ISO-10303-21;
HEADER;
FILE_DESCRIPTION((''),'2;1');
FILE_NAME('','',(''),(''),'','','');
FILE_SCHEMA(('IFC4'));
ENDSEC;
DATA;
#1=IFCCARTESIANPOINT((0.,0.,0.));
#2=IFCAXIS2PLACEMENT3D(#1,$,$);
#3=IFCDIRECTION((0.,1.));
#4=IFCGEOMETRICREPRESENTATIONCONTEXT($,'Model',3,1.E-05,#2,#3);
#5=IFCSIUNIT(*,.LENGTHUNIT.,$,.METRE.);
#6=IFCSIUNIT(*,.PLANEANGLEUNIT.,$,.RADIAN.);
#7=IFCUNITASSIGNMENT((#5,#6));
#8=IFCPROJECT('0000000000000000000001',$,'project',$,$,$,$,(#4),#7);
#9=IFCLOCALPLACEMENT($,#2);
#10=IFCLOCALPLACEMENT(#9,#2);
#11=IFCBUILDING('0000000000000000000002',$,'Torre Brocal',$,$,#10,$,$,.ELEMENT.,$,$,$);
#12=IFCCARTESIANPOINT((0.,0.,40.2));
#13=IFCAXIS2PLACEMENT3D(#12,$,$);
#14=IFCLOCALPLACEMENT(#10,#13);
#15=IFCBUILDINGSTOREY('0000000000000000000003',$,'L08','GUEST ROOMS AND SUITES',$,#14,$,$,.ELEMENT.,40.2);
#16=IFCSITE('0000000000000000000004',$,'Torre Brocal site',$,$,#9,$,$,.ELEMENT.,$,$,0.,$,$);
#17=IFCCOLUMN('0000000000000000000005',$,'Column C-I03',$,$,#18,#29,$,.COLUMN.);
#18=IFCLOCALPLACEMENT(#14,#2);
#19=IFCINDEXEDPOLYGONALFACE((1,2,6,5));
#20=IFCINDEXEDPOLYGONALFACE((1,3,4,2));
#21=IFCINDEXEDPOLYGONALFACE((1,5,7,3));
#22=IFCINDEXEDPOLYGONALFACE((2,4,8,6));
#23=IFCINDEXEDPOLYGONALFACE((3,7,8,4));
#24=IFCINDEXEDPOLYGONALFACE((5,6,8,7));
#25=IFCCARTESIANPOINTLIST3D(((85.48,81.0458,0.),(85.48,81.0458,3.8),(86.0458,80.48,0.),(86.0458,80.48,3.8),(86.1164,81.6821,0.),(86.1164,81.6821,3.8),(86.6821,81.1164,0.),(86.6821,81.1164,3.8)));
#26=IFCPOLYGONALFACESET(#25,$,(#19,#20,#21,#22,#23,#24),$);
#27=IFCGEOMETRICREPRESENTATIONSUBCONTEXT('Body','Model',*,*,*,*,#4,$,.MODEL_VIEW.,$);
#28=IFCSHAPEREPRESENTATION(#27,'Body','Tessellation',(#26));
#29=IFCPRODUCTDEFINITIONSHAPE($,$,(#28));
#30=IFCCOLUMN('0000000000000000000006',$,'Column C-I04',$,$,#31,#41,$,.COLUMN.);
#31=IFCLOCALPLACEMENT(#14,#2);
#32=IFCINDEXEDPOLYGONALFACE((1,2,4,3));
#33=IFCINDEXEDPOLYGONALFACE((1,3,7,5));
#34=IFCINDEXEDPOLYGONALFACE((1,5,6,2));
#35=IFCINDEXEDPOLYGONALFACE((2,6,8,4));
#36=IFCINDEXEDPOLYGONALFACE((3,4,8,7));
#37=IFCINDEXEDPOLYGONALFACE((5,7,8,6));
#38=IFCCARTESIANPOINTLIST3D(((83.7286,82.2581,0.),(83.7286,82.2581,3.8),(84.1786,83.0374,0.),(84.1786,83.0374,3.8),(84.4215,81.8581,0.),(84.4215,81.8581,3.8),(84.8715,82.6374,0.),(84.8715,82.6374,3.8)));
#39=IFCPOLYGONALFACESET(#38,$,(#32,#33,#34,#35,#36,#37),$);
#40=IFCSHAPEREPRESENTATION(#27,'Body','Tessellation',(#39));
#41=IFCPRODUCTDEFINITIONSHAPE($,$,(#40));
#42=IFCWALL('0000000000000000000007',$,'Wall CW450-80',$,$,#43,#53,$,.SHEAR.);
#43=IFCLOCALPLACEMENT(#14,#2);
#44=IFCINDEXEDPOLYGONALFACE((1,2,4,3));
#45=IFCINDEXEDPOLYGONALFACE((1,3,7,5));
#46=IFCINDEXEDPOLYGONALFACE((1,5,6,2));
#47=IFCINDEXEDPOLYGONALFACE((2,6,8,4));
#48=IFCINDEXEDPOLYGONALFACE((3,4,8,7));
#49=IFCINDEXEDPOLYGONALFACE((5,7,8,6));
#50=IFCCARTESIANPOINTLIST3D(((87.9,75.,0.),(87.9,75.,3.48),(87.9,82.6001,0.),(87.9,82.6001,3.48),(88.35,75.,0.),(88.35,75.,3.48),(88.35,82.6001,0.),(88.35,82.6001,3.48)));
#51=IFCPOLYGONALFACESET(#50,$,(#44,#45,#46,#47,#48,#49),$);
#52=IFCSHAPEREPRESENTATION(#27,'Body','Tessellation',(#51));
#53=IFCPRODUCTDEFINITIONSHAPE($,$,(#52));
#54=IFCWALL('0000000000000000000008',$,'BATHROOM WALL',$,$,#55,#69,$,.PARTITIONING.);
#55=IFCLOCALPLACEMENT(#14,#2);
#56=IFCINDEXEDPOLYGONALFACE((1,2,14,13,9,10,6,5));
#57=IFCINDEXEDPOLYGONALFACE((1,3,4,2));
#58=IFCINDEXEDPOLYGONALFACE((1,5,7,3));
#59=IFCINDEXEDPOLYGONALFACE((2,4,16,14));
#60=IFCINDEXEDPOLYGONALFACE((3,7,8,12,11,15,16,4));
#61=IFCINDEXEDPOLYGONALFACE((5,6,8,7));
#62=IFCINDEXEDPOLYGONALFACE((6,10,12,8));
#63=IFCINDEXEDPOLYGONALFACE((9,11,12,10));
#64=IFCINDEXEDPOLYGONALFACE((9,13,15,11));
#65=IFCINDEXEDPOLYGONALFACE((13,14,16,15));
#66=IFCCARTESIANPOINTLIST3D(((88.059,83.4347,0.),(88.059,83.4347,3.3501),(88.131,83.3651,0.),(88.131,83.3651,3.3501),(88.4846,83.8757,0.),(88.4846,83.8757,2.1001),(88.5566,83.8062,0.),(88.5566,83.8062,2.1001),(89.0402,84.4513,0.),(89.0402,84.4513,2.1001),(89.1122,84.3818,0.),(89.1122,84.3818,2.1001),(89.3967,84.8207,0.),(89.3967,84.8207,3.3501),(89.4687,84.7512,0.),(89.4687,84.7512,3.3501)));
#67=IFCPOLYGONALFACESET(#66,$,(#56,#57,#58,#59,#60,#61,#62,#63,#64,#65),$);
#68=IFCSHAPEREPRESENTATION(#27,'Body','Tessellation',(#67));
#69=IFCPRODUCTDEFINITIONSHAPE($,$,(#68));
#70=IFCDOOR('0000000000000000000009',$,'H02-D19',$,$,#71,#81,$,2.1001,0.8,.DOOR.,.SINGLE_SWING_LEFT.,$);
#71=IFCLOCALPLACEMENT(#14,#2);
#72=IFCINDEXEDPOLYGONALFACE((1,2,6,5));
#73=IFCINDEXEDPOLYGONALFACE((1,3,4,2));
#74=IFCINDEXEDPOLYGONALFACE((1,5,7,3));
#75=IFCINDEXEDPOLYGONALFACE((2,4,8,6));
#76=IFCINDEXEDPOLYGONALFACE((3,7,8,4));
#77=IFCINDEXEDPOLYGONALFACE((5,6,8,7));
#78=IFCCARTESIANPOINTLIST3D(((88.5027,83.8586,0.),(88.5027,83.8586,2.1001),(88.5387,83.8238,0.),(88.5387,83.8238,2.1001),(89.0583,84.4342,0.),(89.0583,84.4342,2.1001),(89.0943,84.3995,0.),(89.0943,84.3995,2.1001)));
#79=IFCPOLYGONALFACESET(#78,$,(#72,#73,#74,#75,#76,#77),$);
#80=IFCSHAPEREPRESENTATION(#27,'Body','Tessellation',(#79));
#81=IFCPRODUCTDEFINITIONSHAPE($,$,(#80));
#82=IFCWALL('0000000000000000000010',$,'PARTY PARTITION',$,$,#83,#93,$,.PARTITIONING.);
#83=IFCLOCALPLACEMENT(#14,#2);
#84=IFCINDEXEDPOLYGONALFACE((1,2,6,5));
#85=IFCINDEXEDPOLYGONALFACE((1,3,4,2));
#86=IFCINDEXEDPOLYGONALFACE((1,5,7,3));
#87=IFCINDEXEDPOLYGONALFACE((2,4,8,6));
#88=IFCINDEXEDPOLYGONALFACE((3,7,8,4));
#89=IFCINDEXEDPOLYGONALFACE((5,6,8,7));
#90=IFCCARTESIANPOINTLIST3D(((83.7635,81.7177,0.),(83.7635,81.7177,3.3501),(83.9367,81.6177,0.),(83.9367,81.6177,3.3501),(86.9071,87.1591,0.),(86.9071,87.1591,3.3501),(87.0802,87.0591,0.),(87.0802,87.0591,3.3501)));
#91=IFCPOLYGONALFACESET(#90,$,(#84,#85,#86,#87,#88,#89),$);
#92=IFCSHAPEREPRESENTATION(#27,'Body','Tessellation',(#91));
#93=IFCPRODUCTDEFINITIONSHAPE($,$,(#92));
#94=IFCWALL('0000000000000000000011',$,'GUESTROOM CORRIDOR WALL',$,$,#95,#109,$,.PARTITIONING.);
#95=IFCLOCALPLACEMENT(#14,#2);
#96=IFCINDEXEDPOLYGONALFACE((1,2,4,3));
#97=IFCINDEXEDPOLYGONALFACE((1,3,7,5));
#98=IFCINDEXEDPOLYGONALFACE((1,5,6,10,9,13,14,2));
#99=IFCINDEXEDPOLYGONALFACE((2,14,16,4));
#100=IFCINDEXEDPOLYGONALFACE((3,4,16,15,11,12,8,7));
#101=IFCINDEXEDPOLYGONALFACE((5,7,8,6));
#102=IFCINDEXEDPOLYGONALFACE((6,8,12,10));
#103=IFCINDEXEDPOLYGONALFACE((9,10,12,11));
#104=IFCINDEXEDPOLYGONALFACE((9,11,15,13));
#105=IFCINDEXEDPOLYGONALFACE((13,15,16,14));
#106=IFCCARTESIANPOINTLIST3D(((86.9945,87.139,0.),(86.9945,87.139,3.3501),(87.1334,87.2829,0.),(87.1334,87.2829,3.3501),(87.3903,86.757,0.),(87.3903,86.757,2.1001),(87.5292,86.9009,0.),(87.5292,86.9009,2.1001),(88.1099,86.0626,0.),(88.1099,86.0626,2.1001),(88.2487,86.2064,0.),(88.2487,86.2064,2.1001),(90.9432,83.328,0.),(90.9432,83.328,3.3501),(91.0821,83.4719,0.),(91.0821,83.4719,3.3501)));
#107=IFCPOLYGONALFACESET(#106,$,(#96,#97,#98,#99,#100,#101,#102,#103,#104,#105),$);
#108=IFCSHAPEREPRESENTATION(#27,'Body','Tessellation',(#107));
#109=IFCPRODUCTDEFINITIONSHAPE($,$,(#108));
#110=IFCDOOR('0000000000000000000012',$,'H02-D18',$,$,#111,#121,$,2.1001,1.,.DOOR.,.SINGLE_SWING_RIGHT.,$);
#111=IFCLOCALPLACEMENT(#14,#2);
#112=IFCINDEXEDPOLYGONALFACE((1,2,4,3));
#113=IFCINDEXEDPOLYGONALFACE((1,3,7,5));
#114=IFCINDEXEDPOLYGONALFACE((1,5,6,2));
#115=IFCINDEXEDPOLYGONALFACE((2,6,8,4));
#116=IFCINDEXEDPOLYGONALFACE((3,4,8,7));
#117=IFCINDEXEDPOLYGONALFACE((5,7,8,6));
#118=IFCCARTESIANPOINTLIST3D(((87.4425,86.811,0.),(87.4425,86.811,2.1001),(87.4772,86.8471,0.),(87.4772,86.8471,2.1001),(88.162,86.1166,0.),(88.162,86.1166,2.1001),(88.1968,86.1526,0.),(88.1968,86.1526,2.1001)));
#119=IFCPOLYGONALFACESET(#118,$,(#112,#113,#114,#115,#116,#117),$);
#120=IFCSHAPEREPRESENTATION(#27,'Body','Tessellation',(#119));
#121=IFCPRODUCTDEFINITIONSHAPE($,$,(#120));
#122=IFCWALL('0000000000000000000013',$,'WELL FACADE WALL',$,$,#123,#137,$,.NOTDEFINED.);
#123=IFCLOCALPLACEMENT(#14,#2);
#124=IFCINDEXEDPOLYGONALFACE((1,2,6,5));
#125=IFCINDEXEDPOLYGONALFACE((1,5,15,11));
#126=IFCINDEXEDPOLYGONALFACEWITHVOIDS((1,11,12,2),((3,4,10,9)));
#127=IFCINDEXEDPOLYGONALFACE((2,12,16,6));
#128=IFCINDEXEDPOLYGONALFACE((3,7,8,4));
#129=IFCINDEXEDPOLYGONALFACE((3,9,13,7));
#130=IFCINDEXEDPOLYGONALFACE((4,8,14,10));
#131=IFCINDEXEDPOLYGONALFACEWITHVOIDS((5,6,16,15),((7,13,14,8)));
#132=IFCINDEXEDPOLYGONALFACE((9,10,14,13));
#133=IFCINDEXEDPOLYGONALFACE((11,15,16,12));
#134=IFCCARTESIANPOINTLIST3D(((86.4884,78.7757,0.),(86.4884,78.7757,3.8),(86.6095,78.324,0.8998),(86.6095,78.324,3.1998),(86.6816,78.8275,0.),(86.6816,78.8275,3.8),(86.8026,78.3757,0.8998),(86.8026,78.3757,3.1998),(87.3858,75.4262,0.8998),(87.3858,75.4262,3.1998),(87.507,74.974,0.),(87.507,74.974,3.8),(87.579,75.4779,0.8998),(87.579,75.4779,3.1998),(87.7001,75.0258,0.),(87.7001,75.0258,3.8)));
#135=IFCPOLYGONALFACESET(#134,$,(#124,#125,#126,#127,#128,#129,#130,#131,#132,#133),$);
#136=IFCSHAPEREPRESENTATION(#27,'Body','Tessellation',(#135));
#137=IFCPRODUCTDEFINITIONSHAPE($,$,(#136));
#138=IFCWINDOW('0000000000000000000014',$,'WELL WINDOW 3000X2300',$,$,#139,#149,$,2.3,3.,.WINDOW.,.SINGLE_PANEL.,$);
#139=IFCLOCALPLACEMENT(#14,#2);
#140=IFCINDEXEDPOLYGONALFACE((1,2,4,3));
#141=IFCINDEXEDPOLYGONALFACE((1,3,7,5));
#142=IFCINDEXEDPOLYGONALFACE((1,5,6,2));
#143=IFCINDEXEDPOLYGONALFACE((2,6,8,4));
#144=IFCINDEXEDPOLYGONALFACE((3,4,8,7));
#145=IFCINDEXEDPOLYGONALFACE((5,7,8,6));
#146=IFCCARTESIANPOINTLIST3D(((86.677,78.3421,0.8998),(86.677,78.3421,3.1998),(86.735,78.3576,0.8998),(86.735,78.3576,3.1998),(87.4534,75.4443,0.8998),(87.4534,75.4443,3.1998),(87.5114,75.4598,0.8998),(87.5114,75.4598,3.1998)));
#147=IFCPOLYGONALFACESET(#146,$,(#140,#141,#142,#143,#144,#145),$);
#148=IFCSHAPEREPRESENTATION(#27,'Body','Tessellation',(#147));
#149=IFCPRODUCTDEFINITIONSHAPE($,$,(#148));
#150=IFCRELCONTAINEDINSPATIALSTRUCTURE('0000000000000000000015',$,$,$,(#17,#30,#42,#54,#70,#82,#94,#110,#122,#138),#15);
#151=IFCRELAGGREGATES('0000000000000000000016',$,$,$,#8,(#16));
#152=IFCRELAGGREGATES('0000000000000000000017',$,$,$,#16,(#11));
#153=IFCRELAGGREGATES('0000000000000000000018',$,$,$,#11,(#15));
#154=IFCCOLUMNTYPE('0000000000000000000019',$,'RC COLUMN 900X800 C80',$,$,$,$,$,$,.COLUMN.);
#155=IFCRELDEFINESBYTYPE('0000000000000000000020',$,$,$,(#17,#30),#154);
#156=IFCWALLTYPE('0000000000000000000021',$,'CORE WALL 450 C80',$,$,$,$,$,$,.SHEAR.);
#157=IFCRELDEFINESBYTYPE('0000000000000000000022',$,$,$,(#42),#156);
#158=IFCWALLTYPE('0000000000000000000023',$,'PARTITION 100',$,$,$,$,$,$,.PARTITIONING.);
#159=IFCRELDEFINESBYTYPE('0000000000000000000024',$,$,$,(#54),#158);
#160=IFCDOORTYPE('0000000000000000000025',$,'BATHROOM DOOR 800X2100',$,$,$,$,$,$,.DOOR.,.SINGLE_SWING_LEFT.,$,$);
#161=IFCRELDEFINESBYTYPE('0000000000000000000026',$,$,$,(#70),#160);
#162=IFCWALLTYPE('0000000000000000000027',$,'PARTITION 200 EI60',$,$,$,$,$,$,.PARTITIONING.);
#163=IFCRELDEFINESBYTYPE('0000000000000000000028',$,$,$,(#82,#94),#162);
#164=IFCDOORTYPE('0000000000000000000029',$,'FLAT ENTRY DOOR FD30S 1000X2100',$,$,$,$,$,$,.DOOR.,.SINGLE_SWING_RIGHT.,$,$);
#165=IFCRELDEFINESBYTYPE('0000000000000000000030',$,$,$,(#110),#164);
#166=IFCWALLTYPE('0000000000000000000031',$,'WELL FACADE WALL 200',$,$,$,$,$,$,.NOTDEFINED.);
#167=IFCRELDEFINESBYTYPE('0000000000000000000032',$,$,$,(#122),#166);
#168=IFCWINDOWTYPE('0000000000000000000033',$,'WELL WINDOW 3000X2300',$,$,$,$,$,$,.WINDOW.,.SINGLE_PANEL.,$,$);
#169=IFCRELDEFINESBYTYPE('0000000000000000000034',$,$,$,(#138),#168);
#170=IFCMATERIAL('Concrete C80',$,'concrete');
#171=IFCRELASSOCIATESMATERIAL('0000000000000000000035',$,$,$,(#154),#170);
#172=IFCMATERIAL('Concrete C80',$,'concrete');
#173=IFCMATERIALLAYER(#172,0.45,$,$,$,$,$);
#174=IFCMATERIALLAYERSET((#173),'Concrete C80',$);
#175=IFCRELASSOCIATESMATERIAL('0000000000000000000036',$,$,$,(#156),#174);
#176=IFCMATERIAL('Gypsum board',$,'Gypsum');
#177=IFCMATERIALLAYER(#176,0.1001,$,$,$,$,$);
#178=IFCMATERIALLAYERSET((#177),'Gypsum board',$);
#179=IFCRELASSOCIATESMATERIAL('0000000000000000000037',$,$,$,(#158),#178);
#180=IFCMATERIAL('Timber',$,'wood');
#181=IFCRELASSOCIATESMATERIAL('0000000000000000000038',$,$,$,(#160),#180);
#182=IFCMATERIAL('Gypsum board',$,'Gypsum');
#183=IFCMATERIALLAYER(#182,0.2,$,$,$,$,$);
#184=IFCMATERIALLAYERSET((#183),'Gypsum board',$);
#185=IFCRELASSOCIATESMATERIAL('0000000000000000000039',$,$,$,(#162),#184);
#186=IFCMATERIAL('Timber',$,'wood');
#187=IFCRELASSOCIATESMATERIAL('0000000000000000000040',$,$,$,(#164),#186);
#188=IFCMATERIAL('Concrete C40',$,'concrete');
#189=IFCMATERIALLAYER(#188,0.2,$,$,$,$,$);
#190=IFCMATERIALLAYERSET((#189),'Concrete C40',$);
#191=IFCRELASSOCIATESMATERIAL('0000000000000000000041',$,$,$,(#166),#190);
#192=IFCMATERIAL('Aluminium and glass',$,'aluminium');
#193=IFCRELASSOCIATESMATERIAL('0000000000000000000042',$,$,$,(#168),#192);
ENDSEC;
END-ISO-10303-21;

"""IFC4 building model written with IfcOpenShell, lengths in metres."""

from ifc_helpers import new_model, si_unit, direction, frame, frame_2d, origin, origin_2d, place, context, subcontext, project, spatial, rectangle, extrude, material, layer, layer_set, material_profile, profile_set, type_object, element, fill, save


model = new_model("IFC4")

# Units and contexts
model_context = context("Model", 3, precision=1e-05, world=origin(), true_north=direction((0.0, 1.0)))
body_context = subcontext(model_context, "Body", "Model", "MODEL_VIEW")
ifc_project = project(units=[si_unit("LENGTHUNIT", "METRE"), si_unit("PLANEANGLEUNIT", "RADIAN")], contexts=[model_context])

# Site, building, storey
site_placement = place(None, origin())
site = spatial("IfcSite", under=ifc_project, at=site_placement, Name="Torre Brocal site", CompositionType="ELEMENT", RefElevation=0.0)
building_placement = place(site_placement, origin())
building = spatial("IfcBuilding", under=site, at=building_placement, Name="Torre Brocal", CompositionType="ELEMENT")
storey_placement = place(building_placement, frame((0.0, 0.0, 40.2)))
storey = spatial("IfcBuildingStorey", under=building, at=storey_placement, Name="L08", Description="GUEST ROOMS AND SUITES", CompositionType="ELEMENT", Elevation=40.2)

# Columns
ifc_material_1 = material(Name="Concrete C80", Category="concrete")
ifc_material_profile = material_profile(ifc_material_1, rectangle(XDim=0.8999, YDim=0.8, at=origin_2d()), Name="RC 900X800")
ifc_profile_set = profile_set([ifc_material_profile], Name="Concrete C80")
column_type = type_object("IfcColumnType", Name="RC COLUMN 900X800 C80", PredefinedType="COLUMN", material=ifc_profile_set)
for number, where, z_axis, x_axis, name in (
    (1, (86.0811, 81.0811, 0.0), (0.0, 0.0, 1.0), (0.707107, 0.707107, 0.0), "Column C-I03"),
    (2, (84.3, 82.4478, 0.0), (0.0, 0.0, 1.0), (0.5, 0.866025, 0.0), "Column C-I04"),
):
    element("IfcColumn", number, at=place(storey_placement, frame(where, z_axis=z_axis, x_axis=x_axis)), inside=storey, type_object=column_type, Name=name, PredefinedType="COLUMN", context=body_context, shape_type="SweptSolid", body=[
        extrude(rectangle(XDim=0.8999, YDim=0.8, at=origin_2d()), origin(), (0.0, 0.0, 1.0), 3.8),
    ])

# Wall
ifc_material_2 = material(Name="Concrete C80", Category="concrete")
ifc_layer_1 = layer(ifc_material_2, 0.45)
ifc_layer_set_1 = layer_set([ifc_layer_1], Name="Concrete C80")
wall_type_1 = type_object("IfcWallType", Name="CORE WALL 450 C80", PredefinedType="SHEAR", material=ifc_layer_set_1)
wall_1_placement = place(storey_placement, frame((88.125, 75.0, 0.0), z_axis=(0.0, 0.0, 1.0), x_axis=(0.0, 1.0, 0.0)))
element("IfcWall", 3, at=wall_1_placement, inside=storey, type_object=wall_type_1, Name="Wall CW450-80", PredefinedType="SHEAR", context=body_context, shape_type="SweptSolid", body=[
    extrude(rectangle(XDim=7.6001, YDim=0.45, at=frame_2d((3.8, 0.0))), origin(), (0.0, 0.0, 1.0), 3.48),
])

# Wall, opening, door
ifc_material_3 = material(Name="Gypsum board", Category="Gypsum")
ifc_layer_2 = layer(ifc_material_3, 0.1001)
ifc_layer_set_2 = layer_set([ifc_layer_2], Name="Gypsum board")
wall_type_2 = type_object("IfcWallType", Name="PARTITION 100", PredefinedType="PARTITIONING", material=ifc_layer_set_2)
wall_2_placement = place(storey_placement, frame((88.095, 83.3999, 0.0), z_axis=(0.0, 0.0, 1.0), x_axis=(0.694447, 0.719543, 0.0)))
wall_2 = element("IfcWall", 4, at=wall_2_placement, inside=storey, type_object=wall_type_2, Name="BATHROOM WALL", PredefinedType="PARTITIONING", context=body_context, shape_type="SweptSolid", body=[
    extrude(rectangle(XDim=1.9263, YDim=0.1001, at=frame_2d((0.9631, 0.0))), origin(), (0.0, 0.0, 1.0), 3.3501),
])
opening_1_placement = place(wall_2_placement, frame((0.613, 0.0, 0.0)))
opening_1 = element("IfcOpeningElement", 5, at=opening_1_placement, cuts=wall_2, PredefinedType="OPENING", context=body_context, shape_type="SweptSolid", body=[
    extrude(rectangle(XDim=0.8, YDim=2.1001, at=frame_2d((0.3999, 1.05))), frame((0.0, 0.0601, 0.0), z_axis=(0.0, -1.0, 0.0), x_axis=(1.0, 0.0, 0.0)), (0.0, 0.0, 1.0), 0.1201),
])
ifc_material_4 = material(Name="Timber", Category="wood")
door_type_1 = type_object("IfcDoorType", Name="BATHROOM DOOR 800X2100", OperationType="SINGLE_SWING_LEFT", PredefinedType="DOOR", material=ifc_material_4)
door_1_placement = place(opening_1_placement, frame((0.8, 0.0, 0.0), z_axis=(0.0, 0.0, 1.0), x_axis=(-1.0, 0.0, 0.0)))
door_1 = element("IfcDoor", 6, at=door_1_placement, inside=storey, type_object=door_type_1, Name="H02-D19", OperationType="SINGLE_SWING_LEFT", OverallHeight=2.1001, OverallWidth=0.8, PredefinedType="DOOR", context=body_context, shape_type="SweptSolid", body=[
    extrude(rectangle(XDim=0.8, YDim=2.1001, at=frame_2d((0.3999, 1.05))), frame((0.0, 0.0249, 0.0), z_axis=(0.0, -1.0, 0.0), x_axis=(1.0, 0.0, 0.0)), (0.0, 0.0, 1.0), 0.05),
])
fill(opening_1, door_1)

# Wall
ifc_material_5 = material(Name="Gypsum board", Category="Gypsum")
ifc_layer_3 = layer(ifc_material_5, 0.2)
ifc_layer_set_3 = layer_set([ifc_layer_3], Name="Gypsum board")
wall_type_3 = type_object("IfcWallType", Name="PARTITION 200 EI60", PredefinedType="PARTITIONING", material=ifc_layer_set_3)
wall_3_placement = place(storey_placement, frame((83.8501, 81.6677, 0.0), z_axis=(0.0, 0.0, 1.0), x_axis=(0.500234, 0.865891, 0.0)))
element("IfcWall", 7, at=wall_3_placement, inside=storey, type_object=wall_type_3, Name="PARTY PARTITION", PredefinedType="PARTITIONING", context=body_context, shape_type="SweptSolid", body=[
    extrude(rectangle(XDim=6.2842, YDim=0.2, at=frame_2d((3.1421, 0.0))), origin(), (0.0, 0.0, 1.0), 3.3501),
])

# Wall, opening, door
wall_4_placement = place(storey_placement, frame((87.064, 87.2109, 0.0), z_axis=(0.0, 0.0, 1.0), x_axis=(0.719541, -0.69445, 0.0)))
wall_4 = element("IfcWall", 8, at=wall_4_placement, inside=storey, type_object=wall_type_3, Name="GUESTROOM CORRIDOR WALL", PredefinedType="PARTITIONING", context=body_context, shape_type="SweptSolid", body=[
    extrude(rectangle(XDim=5.4878, YDim=0.2, at=frame_2d((2.7439, 0.0))), origin(), (0.0, 0.0, 1.0), 3.3501),
])
opening_2_placement = place(wall_4_placement, frame((0.55, 0.0, 0.0)))
opening_2 = element("IfcOpeningElement", 9, at=opening_2_placement, cuts=wall_4, PredefinedType="OPENING", context=body_context, shape_type="SweptSolid", body=[
    extrude(rectangle(XDim=1.0, YDim=2.1001, at=frame_2d((0.5, 1.05))), frame((0.0, 0.1099, 0.0), z_axis=(0.0, -1.0, 0.0), x_axis=(1.0, 0.0, 0.0)), (0.0, 0.0, 1.0), 0.22),
])
ifc_material_6 = material(Name="Timber", Category="wood")
door_type_2 = type_object("IfcDoorType", Name="FLAT ENTRY DOOR FD30S 1000X2100", OperationType="SINGLE_SWING_RIGHT", PredefinedType="DOOR", material=ifc_material_6)
door_2_placement = place(opening_2_placement, frame((1.0, 0.0, 0.0), z_axis=(0.0, 0.0, 1.0), x_axis=(-1.0, 0.0, 0.0)))
door_2 = element("IfcDoor", 10, at=door_2_placement, inside=storey, type_object=door_type_2, Name="H02-D18", OperationType="SINGLE_SWING_RIGHT", OverallHeight=2.1001, OverallWidth=1.0, PredefinedType="DOOR", context=body_context, shape_type="SweptSolid", body=[
    extrude(rectangle(XDim=1.0, YDim=2.1001, at=frame_2d((0.5, 1.05))), frame((0.0, 0.0249, 0.0), z_axis=(0.0, -1.0, 0.0), x_axis=(1.0, 0.0, 0.0)), (0.0, 0.0, 1.0), 0.05),
])
fill(opening_2, door_2)

# Wall, opening, window
ifc_material_7 = material(Name="Concrete C40", Category="concrete")
ifc_layer_4 = layer(ifc_material_7, 0.2)
ifc_layer_set_4 = layer_set([ifc_layer_4], Name="Concrete C40")
wall_type_4 = type_object("IfcWallType", Name="WELL FACADE WALL 200", PredefinedType="NOTDEFINED", material=ifc_layer_set_4)
wall_5_placement = place(storey_placement, frame((87.6035, 75.0, 0.0), z_axis=(0.0, 0.0, 1.0), x_axis=(-0.25879, 0.965934, 0.0)))
wall_5 = element("IfcWall", 11, at=wall_5_placement, inside=storey, type_object=wall_type_4, Name="WELL FACADE WALL", PredefinedType="NOTDEFINED", context=body_context, shape_type="SweptSolid", body=[
    extrude(rectangle(XDim=3.9358, YDim=0.2, at=frame_2d((1.9678, 0.0))), origin(), (0.0, 0.0, 1.0), 3.8),
])
opening_3_placement = place(wall_5_placement, frame((0.468, 0.0, 0.8999)))
opening_3 = element("IfcOpeningElement", 12, at=opening_3_placement, cuts=wall_5, PredefinedType="OPENING", context=body_context, shape_type="SweptSolid", body=[
    extrude(rectangle(XDim=3.0, YDim=2.3, at=frame_2d((1.5, 1.1499))), frame((0.0, 0.1099, 0.0), z_axis=(0.0, -1.0, 0.0), x_axis=(1.0, 0.0, 0.0)), (0.0, 0.0, 1.0), 0.22),
])
ifc_material_8 = material(Name="Aluminium and glass", Category="aluminium")
window_type = type_object("IfcWindowType", Name="WELL WINDOW 3000X2300", PartitioningType="SINGLE_PANEL", PredefinedType="WINDOW", material=ifc_material_8)
window_1_placement = place(opening_3_placement, origin())
window_1 = element("IfcWindow", 13, at=window_1_placement, inside=storey, type_object=window_type, Name="WELL WINDOW 3000X2300", OverallHeight=2.3, OverallWidth=3.0, PartitioningType="SINGLE_PANEL", PredefinedType="WINDOW", context=body_context, shape_type="SweptSolid", body=[
    extrude(rectangle(XDim=3.0, YDim=2.3, at=frame_2d((1.5, 1.1499))), frame((0.0, 0.03, 0.0), z_axis=(0.0, -1.0, 0.0), x_axis=(1.0, 0.0, 0.0)), (0.0, 0.0, 1.0), 0.0601),
])
fill(opening_3, window_1)

save(model, "model.ifc")
